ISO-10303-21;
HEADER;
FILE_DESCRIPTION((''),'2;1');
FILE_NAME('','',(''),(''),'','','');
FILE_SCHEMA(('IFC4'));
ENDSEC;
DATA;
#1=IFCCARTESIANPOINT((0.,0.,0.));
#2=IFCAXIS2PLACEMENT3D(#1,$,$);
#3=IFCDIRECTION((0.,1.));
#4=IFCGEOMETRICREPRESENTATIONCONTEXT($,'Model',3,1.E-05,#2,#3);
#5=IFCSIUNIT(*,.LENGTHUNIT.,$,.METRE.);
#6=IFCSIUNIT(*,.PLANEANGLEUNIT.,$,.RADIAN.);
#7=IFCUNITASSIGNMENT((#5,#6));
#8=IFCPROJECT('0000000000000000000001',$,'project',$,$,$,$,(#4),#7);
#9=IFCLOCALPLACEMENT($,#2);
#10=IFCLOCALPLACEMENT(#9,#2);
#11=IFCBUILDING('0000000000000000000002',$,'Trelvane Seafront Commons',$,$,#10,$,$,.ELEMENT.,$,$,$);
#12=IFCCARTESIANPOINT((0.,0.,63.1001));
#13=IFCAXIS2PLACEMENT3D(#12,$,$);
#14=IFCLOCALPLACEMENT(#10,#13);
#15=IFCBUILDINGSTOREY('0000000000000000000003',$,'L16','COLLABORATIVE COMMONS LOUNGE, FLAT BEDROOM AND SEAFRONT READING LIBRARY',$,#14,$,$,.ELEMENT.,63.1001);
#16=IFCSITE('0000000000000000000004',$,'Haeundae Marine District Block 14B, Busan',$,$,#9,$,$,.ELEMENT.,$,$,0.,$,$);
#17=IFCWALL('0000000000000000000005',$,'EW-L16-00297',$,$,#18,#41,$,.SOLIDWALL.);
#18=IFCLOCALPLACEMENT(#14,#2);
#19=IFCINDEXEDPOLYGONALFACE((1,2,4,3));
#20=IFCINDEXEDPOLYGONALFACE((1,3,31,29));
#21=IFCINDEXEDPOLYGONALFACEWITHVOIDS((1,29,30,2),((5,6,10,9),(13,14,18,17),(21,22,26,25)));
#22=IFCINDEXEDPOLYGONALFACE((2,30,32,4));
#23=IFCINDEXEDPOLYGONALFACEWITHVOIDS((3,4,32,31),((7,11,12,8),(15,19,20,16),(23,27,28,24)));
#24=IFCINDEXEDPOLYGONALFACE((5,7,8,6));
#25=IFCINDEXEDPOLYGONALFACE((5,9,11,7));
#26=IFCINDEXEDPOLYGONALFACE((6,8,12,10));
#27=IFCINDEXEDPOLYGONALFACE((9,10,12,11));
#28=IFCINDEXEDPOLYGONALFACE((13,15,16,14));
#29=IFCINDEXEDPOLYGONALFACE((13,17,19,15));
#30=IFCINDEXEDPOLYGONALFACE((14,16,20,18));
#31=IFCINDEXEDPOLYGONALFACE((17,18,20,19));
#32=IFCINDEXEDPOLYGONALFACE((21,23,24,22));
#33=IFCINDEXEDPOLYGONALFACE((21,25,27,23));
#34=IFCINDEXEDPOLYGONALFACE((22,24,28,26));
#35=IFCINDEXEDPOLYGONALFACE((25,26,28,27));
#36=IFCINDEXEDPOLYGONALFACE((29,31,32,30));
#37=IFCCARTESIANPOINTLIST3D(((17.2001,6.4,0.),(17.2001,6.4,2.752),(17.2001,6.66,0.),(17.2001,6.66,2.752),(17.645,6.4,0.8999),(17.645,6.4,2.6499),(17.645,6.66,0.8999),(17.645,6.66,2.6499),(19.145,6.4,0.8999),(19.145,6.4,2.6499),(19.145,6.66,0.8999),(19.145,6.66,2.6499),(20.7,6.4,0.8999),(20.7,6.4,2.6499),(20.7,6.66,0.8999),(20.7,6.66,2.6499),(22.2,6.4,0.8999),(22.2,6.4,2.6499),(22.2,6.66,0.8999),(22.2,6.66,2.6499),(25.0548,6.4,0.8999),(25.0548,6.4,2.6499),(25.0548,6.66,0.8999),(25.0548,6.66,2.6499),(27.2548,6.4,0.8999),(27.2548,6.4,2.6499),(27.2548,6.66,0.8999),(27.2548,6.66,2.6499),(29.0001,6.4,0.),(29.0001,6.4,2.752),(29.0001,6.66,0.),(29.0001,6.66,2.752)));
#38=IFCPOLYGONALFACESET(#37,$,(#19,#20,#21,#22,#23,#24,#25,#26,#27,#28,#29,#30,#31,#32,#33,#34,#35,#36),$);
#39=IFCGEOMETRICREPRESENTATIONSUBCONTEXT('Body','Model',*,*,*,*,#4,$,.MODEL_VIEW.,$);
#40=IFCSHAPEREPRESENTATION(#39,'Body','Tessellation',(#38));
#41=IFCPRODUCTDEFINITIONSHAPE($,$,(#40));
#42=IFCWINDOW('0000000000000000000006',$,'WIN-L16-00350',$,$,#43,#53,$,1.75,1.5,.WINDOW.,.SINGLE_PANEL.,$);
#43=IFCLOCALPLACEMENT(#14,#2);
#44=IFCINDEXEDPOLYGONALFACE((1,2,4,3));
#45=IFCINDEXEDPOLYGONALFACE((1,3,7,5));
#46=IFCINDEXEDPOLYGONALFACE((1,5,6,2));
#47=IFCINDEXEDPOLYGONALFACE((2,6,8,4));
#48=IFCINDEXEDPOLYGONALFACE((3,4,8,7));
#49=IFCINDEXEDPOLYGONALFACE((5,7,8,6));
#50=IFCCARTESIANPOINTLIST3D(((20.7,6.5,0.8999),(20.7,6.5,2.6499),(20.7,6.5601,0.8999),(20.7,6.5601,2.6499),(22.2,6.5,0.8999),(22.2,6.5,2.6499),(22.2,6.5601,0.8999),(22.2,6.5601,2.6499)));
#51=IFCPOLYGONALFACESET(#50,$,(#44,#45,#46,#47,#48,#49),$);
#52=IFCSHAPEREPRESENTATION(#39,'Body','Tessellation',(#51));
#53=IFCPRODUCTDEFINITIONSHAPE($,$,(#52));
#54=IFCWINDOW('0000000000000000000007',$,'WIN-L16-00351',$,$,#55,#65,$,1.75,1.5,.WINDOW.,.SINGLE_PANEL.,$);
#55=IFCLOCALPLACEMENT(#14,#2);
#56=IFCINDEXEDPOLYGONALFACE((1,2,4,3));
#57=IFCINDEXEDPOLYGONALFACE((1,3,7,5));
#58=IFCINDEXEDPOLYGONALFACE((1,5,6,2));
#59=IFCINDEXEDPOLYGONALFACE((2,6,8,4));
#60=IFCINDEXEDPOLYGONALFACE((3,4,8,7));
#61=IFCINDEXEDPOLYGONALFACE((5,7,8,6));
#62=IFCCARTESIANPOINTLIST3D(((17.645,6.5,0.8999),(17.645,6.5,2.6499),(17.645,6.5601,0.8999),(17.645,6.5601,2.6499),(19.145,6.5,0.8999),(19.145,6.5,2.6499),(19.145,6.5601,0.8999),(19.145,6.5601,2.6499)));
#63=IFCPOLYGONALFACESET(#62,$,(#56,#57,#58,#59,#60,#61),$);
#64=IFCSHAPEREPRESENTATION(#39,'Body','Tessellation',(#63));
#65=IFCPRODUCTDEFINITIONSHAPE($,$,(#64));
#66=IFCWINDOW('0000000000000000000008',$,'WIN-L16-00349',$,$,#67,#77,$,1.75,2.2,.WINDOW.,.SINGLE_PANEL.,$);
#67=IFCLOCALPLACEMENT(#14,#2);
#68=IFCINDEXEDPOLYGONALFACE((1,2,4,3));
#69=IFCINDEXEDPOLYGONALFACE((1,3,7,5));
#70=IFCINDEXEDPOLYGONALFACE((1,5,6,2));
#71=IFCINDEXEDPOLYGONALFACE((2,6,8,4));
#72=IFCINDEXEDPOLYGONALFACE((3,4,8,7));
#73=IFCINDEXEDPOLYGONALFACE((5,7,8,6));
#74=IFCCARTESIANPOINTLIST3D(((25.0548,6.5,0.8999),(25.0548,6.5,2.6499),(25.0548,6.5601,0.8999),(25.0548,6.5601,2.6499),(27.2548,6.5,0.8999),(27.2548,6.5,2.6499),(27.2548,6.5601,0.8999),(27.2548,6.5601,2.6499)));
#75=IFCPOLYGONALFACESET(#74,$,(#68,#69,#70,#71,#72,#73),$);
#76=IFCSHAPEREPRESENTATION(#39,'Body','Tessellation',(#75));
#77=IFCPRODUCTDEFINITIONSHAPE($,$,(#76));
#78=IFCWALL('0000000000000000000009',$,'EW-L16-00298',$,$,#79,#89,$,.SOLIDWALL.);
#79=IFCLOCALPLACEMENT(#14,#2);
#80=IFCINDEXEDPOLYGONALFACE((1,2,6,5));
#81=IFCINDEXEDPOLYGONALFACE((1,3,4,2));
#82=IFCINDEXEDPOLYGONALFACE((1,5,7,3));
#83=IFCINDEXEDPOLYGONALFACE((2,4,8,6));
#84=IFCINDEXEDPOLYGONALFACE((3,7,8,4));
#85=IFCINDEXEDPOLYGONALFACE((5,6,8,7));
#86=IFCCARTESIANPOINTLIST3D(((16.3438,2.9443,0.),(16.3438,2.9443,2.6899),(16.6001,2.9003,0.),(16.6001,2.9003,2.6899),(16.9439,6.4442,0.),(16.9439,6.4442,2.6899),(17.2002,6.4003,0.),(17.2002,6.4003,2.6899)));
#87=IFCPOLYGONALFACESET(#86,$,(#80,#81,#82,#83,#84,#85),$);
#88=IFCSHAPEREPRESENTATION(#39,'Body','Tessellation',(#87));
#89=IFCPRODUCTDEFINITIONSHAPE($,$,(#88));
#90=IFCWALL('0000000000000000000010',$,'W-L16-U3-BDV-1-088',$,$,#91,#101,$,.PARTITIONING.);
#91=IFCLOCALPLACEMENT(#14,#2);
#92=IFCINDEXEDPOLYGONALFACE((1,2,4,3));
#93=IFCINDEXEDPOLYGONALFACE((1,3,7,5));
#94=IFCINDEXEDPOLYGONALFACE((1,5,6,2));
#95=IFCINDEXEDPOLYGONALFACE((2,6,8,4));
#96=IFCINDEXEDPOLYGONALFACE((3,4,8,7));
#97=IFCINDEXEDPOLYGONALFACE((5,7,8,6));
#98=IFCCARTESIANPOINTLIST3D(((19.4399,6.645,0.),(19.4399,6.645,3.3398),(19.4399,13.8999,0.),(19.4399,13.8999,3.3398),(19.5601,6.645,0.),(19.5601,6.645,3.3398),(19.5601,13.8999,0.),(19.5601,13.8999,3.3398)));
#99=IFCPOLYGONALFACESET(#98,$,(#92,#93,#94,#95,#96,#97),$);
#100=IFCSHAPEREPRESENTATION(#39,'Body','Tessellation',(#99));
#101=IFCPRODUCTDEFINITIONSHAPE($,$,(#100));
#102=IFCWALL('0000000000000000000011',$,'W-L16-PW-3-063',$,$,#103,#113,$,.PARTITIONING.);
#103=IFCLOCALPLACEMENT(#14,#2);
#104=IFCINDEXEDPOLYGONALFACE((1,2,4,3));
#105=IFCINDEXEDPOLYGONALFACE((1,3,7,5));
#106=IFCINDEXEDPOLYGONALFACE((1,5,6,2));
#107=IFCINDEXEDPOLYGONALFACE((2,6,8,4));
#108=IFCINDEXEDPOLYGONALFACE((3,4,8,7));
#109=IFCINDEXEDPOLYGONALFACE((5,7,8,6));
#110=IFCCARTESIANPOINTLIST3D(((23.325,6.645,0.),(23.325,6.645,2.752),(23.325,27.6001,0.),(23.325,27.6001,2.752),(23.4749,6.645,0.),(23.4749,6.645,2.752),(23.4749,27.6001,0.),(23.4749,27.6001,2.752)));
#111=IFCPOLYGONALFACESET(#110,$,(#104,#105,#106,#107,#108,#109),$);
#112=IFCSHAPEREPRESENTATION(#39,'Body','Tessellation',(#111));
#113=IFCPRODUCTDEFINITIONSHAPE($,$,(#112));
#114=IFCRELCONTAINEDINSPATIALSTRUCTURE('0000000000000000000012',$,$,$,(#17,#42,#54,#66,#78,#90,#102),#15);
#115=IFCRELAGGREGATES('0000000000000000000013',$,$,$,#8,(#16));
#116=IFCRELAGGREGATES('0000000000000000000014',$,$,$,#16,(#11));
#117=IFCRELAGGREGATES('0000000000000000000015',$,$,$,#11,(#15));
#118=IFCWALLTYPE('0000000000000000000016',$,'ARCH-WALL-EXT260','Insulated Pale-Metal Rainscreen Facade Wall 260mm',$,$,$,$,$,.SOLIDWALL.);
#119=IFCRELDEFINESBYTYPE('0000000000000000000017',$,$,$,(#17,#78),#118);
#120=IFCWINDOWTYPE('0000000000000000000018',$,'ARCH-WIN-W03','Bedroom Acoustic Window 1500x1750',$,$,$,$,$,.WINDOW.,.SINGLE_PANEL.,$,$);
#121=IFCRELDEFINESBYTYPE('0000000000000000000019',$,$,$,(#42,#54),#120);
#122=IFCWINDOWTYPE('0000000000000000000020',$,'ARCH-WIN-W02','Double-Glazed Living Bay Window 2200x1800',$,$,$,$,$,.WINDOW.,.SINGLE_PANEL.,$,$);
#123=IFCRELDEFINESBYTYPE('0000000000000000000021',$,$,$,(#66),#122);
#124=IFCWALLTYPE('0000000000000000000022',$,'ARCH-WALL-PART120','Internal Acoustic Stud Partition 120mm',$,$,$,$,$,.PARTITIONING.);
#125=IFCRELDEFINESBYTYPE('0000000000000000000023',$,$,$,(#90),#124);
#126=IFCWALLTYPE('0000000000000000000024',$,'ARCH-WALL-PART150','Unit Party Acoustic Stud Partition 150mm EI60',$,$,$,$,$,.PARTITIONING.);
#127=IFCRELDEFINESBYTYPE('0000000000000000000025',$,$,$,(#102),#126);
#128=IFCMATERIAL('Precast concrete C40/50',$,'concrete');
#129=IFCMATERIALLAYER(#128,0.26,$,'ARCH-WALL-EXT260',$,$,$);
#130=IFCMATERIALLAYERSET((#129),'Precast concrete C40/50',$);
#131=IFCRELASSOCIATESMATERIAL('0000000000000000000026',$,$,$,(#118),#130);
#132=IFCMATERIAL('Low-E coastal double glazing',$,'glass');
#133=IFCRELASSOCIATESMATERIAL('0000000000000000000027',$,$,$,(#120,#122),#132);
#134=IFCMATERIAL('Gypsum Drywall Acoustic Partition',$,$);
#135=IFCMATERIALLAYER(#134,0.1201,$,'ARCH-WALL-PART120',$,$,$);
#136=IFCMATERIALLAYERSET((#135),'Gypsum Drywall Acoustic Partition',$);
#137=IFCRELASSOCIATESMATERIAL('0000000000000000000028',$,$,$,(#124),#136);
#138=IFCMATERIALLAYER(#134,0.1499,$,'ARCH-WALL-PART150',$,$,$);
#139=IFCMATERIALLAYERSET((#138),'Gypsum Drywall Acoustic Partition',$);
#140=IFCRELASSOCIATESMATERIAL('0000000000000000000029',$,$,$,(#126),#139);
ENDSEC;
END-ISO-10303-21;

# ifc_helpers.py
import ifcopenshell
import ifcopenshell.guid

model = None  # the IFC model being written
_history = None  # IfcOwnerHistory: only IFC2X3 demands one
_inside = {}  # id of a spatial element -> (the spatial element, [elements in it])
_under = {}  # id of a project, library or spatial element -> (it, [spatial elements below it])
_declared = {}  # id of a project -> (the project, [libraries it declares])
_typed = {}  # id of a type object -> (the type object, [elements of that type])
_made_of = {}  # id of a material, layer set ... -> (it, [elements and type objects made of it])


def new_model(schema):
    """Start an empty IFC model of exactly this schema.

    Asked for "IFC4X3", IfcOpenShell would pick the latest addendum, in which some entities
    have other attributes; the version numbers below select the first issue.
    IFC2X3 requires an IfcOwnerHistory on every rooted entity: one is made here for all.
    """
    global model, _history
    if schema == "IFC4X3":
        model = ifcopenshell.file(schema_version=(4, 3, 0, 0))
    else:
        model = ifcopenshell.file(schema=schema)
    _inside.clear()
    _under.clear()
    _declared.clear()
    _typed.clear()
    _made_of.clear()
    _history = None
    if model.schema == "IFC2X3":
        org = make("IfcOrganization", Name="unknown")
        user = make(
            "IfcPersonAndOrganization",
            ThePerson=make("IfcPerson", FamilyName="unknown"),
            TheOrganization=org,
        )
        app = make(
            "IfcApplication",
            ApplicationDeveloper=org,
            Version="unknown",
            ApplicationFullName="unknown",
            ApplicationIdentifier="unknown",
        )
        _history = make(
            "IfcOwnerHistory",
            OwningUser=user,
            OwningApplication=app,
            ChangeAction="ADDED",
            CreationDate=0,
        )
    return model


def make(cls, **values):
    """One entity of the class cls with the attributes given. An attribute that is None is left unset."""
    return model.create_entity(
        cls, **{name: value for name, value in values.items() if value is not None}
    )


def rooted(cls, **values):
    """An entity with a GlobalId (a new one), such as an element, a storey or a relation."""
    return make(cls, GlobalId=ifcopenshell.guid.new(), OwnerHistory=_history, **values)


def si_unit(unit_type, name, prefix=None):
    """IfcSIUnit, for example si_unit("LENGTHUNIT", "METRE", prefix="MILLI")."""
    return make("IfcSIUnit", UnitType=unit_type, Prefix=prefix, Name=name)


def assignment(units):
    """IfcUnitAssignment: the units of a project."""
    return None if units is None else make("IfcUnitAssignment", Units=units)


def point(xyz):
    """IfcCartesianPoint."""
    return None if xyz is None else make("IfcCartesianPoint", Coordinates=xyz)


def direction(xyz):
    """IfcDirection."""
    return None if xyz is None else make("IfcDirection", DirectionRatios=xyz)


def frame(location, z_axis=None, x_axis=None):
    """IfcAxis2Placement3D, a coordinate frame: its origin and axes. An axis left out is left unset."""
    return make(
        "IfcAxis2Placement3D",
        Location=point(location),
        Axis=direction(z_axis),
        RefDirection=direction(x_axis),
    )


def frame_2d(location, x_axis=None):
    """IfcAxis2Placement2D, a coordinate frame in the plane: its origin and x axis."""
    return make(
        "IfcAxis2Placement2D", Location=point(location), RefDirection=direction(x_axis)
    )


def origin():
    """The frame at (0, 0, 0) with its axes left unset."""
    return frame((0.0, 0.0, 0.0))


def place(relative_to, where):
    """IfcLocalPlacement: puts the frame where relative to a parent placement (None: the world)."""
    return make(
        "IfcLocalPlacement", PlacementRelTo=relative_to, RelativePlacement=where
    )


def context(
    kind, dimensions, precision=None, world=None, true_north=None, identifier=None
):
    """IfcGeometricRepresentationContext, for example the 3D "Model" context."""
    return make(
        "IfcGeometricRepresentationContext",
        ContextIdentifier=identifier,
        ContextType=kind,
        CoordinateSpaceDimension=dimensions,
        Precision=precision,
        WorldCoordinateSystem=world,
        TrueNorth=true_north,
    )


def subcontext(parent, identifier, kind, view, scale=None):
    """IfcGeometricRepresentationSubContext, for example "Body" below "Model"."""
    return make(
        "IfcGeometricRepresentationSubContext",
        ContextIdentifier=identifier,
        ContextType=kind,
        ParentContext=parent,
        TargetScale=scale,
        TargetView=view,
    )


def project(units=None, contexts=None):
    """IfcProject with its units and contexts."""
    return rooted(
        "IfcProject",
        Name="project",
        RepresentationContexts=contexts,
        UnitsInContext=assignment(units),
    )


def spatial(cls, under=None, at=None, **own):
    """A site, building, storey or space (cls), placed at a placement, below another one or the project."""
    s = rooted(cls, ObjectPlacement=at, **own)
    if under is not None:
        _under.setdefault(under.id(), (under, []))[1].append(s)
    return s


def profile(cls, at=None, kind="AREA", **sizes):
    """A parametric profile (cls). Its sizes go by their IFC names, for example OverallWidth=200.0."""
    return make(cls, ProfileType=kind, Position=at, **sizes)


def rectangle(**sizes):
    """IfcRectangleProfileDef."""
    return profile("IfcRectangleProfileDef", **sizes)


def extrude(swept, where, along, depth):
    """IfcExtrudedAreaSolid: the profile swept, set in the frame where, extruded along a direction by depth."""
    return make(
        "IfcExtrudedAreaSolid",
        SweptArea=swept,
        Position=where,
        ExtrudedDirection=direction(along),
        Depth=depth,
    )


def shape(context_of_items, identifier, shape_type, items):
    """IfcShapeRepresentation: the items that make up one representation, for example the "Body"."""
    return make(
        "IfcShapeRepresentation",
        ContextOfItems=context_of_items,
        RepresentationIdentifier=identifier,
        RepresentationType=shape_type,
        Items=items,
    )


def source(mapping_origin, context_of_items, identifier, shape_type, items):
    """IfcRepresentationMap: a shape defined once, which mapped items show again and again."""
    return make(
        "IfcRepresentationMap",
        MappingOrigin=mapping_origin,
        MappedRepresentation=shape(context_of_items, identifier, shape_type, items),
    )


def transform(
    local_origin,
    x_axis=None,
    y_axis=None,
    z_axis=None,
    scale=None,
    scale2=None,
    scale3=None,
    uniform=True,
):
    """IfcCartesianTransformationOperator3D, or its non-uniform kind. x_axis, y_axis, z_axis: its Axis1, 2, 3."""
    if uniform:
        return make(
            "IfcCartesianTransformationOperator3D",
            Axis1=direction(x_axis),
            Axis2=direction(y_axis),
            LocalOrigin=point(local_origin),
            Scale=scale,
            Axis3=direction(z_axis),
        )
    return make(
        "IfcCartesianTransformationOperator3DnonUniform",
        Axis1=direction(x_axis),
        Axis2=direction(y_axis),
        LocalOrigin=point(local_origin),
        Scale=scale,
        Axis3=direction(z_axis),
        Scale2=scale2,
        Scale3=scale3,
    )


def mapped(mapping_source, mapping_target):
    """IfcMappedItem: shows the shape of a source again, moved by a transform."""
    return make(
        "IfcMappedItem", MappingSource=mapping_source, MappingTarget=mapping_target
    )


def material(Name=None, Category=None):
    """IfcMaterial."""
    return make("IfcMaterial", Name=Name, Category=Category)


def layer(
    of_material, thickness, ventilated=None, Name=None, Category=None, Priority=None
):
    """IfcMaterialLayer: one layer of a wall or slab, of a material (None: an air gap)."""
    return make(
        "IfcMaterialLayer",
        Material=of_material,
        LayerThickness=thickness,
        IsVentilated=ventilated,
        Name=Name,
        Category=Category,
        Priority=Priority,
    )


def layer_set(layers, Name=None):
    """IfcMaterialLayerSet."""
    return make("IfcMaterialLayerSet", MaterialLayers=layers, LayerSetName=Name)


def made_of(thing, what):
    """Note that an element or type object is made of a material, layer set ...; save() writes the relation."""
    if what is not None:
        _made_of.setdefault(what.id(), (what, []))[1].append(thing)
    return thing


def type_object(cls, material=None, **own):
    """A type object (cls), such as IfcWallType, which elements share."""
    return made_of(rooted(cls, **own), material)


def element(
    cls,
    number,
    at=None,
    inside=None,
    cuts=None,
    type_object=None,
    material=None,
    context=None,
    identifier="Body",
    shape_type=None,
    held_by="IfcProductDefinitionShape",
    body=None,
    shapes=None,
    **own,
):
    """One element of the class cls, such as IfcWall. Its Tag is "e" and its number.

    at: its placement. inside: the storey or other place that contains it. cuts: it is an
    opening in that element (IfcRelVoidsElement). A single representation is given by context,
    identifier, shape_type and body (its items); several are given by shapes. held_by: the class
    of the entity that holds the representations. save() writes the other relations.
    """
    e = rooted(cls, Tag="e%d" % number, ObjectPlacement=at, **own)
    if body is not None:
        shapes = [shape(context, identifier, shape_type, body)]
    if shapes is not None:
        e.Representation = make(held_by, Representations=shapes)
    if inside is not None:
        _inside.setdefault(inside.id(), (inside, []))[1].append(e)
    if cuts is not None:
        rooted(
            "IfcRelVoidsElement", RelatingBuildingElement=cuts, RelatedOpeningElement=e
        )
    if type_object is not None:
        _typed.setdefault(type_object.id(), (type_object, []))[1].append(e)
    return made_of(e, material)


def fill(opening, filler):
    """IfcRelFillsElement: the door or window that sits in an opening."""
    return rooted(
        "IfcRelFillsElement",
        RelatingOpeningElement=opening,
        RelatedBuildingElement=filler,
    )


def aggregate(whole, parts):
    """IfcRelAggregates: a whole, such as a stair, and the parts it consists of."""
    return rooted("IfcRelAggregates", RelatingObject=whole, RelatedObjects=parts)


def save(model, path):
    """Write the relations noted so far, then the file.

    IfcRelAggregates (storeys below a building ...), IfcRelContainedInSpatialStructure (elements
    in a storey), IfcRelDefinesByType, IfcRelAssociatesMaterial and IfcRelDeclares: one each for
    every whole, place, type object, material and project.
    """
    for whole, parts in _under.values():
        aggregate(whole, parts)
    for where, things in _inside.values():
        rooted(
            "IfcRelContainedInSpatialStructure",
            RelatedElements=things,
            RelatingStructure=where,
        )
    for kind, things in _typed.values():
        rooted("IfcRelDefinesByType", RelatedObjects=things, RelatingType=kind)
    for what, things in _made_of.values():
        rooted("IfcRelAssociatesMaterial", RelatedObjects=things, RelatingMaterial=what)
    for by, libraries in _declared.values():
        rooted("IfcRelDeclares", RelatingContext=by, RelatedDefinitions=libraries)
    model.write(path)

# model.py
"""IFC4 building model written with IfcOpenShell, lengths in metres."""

from ifc_helpers import new_model, si_unit, direction, frame, frame_2d, origin, place, context, subcontext, project, spatial, rectangle, extrude, source, transform, mapped, material, layer, layer_set, type_object, element, fill, save


model = new_model("IFC4")

# Units and contexts
model_context = context("Model", 3, precision=1e-05, world=origin(), true_north=direction((0.0, 1.0)))
body_context = subcontext(model_context, "Body", "Model", "MODEL_VIEW")
ifc_project = project(units=[si_unit("LENGTHUNIT", "METRE"), si_unit("PLANEANGLEUNIT", "RADIAN")], contexts=[model_context])

# Site, building, storey
site_placement = place(None, origin())
site = spatial("IfcSite", under=ifc_project, at=site_placement, Name="Haeundae Marine District Block 14B, Busan", CompositionType="ELEMENT", RefElevation=0.0)
building_placement = place(site_placement, origin())
building = spatial("IfcBuilding", under=site, at=building_placement, Name="Trelvane Seafront Commons", CompositionType="ELEMENT")
storey_placement = place(building_placement, frame((0.0, 0.0, 63.1001)))
storey = spatial("IfcBuildingStorey", under=building, at=storey_placement, Name="L16", Description="COLLABORATIVE COMMONS LOUNGE, FLAT BEDROOM AND SEAFRONT READING LIBRARY", CompositionType="ELEMENT", Elevation=63.1001)

# Wall, openings, windows
ifc_material_1 = material(Name="Precast concrete C40/50", Category="concrete")
ifc_layer_1 = layer(ifc_material_1, 0.26, Name="ARCH-WALL-EXT260")
ifc_layer_set_1 = layer_set([ifc_layer_1], Name="Precast concrete C40/50")
wall_type_1 = type_object("IfcWallType", Name="ARCH-WALL-EXT260", Description="Insulated Pale-Metal Rainscreen Facade Wall 260mm", PredefinedType="SOLIDWALL", material=ifc_layer_set_1)
wall_1_placement = place(storey_placement, frame((29.0, 6.53, 0.0), z_axis=(0.0, 0.0, 1.0), x_axis=(-1.0, 0.0, 0.0)))
wall_1 = element("IfcWall", 1, at=wall_1_placement, inside=storey, type_object=wall_type_1, Name="EW-L16-00297", PredefinedType="SOLIDWALL", context=body_context, shape_type="SweptSolid", body=[
    extrude(rectangle(XDim=11.8, YDim=0.26, at=frame_2d((5.8999, 0.0))), origin(), (0.0, 0.0, 1.0), 2.752),
])
opening_1_placement = place(wall_1_placement, frame((1.7451, 0.0, 0.8999)))
opening_1 = element("IfcOpeningElement", 2, at=opening_1_placement, cuts=wall_1, PredefinedType="OPENING", context=body_context, shape_type="SweptSolid", body=[
    extrude(rectangle(XDim=2.2, YDim=1.75, at=frame_2d((1.1001, 0.875))), frame((0.0, 0.1399, 0.0), z_axis=(0.0, -1.0, 0.0), x_axis=(1.0, 0.0, 0.0)), (0.0, 0.0, 1.0), 0.28),
])
opening_2_placement = place(wall_1_placement, frame((6.8, 0.0, 0.8999)))
opening_2 = element("IfcOpeningElement", 3, at=opening_2_placement, cuts=wall_1, PredefinedType="OPENING", context=body_context, shape_type="SweptSolid", body=[
    extrude(rectangle(XDim=1.5, YDim=1.75, at=frame_2d((0.75, 0.875))), frame((0.0, 0.1399, 0.0), z_axis=(0.0, -1.0, 0.0), x_axis=(1.0, 0.0, 0.0)), (0.0, 0.0, 1.0), 0.28),
])
opening_3_placement = place(wall_1_placement, frame((9.855, 0.0, 0.8999)))
opening_3 = element("IfcOpeningElement", 4, at=opening_3_placement, cuts=wall_1, PredefinedType="OPENING", context=body_context, shape_type="SweptSolid", body=[
    extrude(rectangle(XDim=1.5, YDim=1.75, at=frame_2d((0.75, 0.875))), frame((0.0, 0.1399, 0.0), z_axis=(0.0, -1.0, 0.0), x_axis=(1.0, 0.0, 0.0)), (0.0, 0.0, 1.0), 0.28),
])
ifc_material_2 = material(Name="Low-E coastal double glazing", Category="glass")
window_type_1 = type_object("IfcWindowType", Name="ARCH-WIN-W03", Description="Bedroom Acoustic Window 1500x1750", PartitioningType="SINGLE_PANEL", PredefinedType="WINDOW", material=ifc_material_2)
shared_shape_1 = source(origin(), body_context, "Body", "SweptSolid", [
    extrude(rectangle(XDim=1.5, YDim=1.75, at=frame_2d((0.75, 0.875))), frame((0.0, 0.03, 0.0), z_axis=(0.0, -1.0, 0.0), x_axis=(1.0, 0.0, 0.0)), (0.0, 0.0, 1.0), 0.0601),
])
window_1_placement = place(opening_2_placement, origin())
window_1 = element("IfcWindow", 5, at=window_1_placement, inside=storey, type_object=window_type_1, Name="WIN-L16-00350", OverallHeight=1.75, OverallWidth=1.5, PartitioningType="SINGLE_PANEL", PredefinedType="WINDOW", context=body_context, shape_type="MappedRepresentation", body=[
    mapped(shared_shape_1, transform((0.0, 0.0, 0.0), x_axis=(1.0, 0.0, 0.0), y_axis=(0.0, 1.0, 0.0), z_axis=(0.0, 0.0, 1.0), scale=1.0)),
])
fill(opening_2, window_1)
window_2_placement = place(opening_3_placement, origin())
window_2 = element("IfcWindow", 6, at=window_2_placement, inside=storey, type_object=window_type_1, Name="WIN-L16-00351", OverallHeight=1.75, OverallWidth=1.5, PartitioningType="SINGLE_PANEL", PredefinedType="WINDOW", context=body_context, shape_type="MappedRepresentation", body=[
    mapped(shared_shape_1, transform((0.0, 0.0, 0.0), x_axis=(1.0, 0.0, 0.0), y_axis=(0.0, 1.0, 0.0), z_axis=(0.0, 0.0, 1.0), scale=1.0)),
])
fill(opening_3, window_2)
window_type_2 = type_object("IfcWindowType", Name="ARCH-WIN-W02", Description="Double-Glazed Living Bay Window 2200x1800", PartitioningType="SINGLE_PANEL", PredefinedType="WINDOW", material=ifc_material_2)
shared_shape_2 = source(origin(), body_context, "Body", "SweptSolid", [
    extrude(rectangle(XDim=2.2, YDim=1.75, at=frame_2d((1.1001, 0.875))), frame((0.0, 0.03, 0.0), z_axis=(0.0, -1.0, 0.0), x_axis=(1.0, 0.0, 0.0)), (0.0, 0.0, 1.0), 0.0601),
])
window_3_placement = place(opening_1_placement, origin())
window_3 = element("IfcWindow", 7, at=window_3_placement, inside=storey, type_object=window_type_2, Name="WIN-L16-00349", OverallHeight=1.75, OverallWidth=2.2, PartitioningType="SINGLE_PANEL", PredefinedType="WINDOW", context=body_context, shape_type="MappedRepresentation", body=[
    mapped(shared_shape_2, transform((0.0, 0.0, 0.0), x_axis=(1.0, 0.0, 0.0), y_axis=(0.0, 1.0, 0.0), z_axis=(0.0, 0.0, 1.0), scale=1.0)),
])
fill(opening_1, window_3)

# Wall
wall_2_placement = place(storey_placement, frame((17.072, 6.4221, 0.0), z_axis=(0.0, 0.0, 1.0), x_axis=(-0.168991, -0.985618, 0.0)))
element("IfcWall", 8, at=wall_2_placement, inside=storey, type_object=wall_type_1, Name="EW-L16-00298", PredefinedType="SOLIDWALL", context=body_context, shape_type="SweptSolid", body=[
    extrude(rectangle(XDim=3.551, YDim=0.26, at=frame_2d((1.7754, 0.0))), origin(), (0.0, 0.0, 1.0), 2.6899),
])

# Shared definitions
ifc_material_3 = material(Name="Gypsum Drywall Acoustic Partition")
ifc_layer_2 = layer(ifc_material_3, 0.1201, Name="ARCH-WALL-PART120")
ifc_layer_set_2 = layer_set([ifc_layer_2], Name="Gypsum Drywall Acoustic Partition")
wall_type_2 = type_object("IfcWallType", Name="ARCH-WALL-PART120", Description="Internal Acoustic Stud Partition 120mm", PredefinedType="PARTITIONING", material=ifc_layer_set_2)

# Walls
wall_3_placement = place(storey_placement, frame((19.5, 6.645, 0.0), z_axis=(0.0, 0.0, 1.0), x_axis=(0.0, 1.0, 0.0)))
element("IfcWall", 9, at=wall_3_placement, inside=storey, type_object=wall_type_2, Name="W-L16-U3-BDV-1-088", PredefinedType="PARTITIONING", context=body_context, shape_type="SweptSolid", body=[
    extrude(rectangle(XDim=7.2549, YDim=0.1201, at=frame_2d((3.6274, 0.0))), origin(), (0.0, 0.0, 1.0), 3.3398),
])
ifc_layer_3 = layer(ifc_material_3, 0.1499, Name="ARCH-WALL-PART150")
ifc_layer_set_3 = layer_set([ifc_layer_3], Name="Gypsum Drywall Acoustic Partition")
wall_type_3 = type_object("IfcWallType", Name="ARCH-WALL-PART150", Description="Unit Party Acoustic Stud Partition 150mm EI60", PredefinedType="PARTITIONING", material=ifc_layer_set_3)
wall_4_placement = place(storey_placement, frame((23.3999, 6.645, 0.0), z_axis=(0.0, 0.0, 1.0), x_axis=(0.0, 1.0, 0.0)))
element("IfcWall", 10, at=wall_4_placement, inside=storey, type_object=wall_type_3, Name="W-L16-PW-3-063", PredefinedType="PARTITIONING", context=body_context, shape_type="SweptSolid", body=[
    extrude(rectangle(XDim=20.9551, YDim=0.1499, at=frame_2d((10.4775, 0.0))), origin(), (0.0, 0.0, 1.0), 2.752),
])

save(model, "model.ifc")
